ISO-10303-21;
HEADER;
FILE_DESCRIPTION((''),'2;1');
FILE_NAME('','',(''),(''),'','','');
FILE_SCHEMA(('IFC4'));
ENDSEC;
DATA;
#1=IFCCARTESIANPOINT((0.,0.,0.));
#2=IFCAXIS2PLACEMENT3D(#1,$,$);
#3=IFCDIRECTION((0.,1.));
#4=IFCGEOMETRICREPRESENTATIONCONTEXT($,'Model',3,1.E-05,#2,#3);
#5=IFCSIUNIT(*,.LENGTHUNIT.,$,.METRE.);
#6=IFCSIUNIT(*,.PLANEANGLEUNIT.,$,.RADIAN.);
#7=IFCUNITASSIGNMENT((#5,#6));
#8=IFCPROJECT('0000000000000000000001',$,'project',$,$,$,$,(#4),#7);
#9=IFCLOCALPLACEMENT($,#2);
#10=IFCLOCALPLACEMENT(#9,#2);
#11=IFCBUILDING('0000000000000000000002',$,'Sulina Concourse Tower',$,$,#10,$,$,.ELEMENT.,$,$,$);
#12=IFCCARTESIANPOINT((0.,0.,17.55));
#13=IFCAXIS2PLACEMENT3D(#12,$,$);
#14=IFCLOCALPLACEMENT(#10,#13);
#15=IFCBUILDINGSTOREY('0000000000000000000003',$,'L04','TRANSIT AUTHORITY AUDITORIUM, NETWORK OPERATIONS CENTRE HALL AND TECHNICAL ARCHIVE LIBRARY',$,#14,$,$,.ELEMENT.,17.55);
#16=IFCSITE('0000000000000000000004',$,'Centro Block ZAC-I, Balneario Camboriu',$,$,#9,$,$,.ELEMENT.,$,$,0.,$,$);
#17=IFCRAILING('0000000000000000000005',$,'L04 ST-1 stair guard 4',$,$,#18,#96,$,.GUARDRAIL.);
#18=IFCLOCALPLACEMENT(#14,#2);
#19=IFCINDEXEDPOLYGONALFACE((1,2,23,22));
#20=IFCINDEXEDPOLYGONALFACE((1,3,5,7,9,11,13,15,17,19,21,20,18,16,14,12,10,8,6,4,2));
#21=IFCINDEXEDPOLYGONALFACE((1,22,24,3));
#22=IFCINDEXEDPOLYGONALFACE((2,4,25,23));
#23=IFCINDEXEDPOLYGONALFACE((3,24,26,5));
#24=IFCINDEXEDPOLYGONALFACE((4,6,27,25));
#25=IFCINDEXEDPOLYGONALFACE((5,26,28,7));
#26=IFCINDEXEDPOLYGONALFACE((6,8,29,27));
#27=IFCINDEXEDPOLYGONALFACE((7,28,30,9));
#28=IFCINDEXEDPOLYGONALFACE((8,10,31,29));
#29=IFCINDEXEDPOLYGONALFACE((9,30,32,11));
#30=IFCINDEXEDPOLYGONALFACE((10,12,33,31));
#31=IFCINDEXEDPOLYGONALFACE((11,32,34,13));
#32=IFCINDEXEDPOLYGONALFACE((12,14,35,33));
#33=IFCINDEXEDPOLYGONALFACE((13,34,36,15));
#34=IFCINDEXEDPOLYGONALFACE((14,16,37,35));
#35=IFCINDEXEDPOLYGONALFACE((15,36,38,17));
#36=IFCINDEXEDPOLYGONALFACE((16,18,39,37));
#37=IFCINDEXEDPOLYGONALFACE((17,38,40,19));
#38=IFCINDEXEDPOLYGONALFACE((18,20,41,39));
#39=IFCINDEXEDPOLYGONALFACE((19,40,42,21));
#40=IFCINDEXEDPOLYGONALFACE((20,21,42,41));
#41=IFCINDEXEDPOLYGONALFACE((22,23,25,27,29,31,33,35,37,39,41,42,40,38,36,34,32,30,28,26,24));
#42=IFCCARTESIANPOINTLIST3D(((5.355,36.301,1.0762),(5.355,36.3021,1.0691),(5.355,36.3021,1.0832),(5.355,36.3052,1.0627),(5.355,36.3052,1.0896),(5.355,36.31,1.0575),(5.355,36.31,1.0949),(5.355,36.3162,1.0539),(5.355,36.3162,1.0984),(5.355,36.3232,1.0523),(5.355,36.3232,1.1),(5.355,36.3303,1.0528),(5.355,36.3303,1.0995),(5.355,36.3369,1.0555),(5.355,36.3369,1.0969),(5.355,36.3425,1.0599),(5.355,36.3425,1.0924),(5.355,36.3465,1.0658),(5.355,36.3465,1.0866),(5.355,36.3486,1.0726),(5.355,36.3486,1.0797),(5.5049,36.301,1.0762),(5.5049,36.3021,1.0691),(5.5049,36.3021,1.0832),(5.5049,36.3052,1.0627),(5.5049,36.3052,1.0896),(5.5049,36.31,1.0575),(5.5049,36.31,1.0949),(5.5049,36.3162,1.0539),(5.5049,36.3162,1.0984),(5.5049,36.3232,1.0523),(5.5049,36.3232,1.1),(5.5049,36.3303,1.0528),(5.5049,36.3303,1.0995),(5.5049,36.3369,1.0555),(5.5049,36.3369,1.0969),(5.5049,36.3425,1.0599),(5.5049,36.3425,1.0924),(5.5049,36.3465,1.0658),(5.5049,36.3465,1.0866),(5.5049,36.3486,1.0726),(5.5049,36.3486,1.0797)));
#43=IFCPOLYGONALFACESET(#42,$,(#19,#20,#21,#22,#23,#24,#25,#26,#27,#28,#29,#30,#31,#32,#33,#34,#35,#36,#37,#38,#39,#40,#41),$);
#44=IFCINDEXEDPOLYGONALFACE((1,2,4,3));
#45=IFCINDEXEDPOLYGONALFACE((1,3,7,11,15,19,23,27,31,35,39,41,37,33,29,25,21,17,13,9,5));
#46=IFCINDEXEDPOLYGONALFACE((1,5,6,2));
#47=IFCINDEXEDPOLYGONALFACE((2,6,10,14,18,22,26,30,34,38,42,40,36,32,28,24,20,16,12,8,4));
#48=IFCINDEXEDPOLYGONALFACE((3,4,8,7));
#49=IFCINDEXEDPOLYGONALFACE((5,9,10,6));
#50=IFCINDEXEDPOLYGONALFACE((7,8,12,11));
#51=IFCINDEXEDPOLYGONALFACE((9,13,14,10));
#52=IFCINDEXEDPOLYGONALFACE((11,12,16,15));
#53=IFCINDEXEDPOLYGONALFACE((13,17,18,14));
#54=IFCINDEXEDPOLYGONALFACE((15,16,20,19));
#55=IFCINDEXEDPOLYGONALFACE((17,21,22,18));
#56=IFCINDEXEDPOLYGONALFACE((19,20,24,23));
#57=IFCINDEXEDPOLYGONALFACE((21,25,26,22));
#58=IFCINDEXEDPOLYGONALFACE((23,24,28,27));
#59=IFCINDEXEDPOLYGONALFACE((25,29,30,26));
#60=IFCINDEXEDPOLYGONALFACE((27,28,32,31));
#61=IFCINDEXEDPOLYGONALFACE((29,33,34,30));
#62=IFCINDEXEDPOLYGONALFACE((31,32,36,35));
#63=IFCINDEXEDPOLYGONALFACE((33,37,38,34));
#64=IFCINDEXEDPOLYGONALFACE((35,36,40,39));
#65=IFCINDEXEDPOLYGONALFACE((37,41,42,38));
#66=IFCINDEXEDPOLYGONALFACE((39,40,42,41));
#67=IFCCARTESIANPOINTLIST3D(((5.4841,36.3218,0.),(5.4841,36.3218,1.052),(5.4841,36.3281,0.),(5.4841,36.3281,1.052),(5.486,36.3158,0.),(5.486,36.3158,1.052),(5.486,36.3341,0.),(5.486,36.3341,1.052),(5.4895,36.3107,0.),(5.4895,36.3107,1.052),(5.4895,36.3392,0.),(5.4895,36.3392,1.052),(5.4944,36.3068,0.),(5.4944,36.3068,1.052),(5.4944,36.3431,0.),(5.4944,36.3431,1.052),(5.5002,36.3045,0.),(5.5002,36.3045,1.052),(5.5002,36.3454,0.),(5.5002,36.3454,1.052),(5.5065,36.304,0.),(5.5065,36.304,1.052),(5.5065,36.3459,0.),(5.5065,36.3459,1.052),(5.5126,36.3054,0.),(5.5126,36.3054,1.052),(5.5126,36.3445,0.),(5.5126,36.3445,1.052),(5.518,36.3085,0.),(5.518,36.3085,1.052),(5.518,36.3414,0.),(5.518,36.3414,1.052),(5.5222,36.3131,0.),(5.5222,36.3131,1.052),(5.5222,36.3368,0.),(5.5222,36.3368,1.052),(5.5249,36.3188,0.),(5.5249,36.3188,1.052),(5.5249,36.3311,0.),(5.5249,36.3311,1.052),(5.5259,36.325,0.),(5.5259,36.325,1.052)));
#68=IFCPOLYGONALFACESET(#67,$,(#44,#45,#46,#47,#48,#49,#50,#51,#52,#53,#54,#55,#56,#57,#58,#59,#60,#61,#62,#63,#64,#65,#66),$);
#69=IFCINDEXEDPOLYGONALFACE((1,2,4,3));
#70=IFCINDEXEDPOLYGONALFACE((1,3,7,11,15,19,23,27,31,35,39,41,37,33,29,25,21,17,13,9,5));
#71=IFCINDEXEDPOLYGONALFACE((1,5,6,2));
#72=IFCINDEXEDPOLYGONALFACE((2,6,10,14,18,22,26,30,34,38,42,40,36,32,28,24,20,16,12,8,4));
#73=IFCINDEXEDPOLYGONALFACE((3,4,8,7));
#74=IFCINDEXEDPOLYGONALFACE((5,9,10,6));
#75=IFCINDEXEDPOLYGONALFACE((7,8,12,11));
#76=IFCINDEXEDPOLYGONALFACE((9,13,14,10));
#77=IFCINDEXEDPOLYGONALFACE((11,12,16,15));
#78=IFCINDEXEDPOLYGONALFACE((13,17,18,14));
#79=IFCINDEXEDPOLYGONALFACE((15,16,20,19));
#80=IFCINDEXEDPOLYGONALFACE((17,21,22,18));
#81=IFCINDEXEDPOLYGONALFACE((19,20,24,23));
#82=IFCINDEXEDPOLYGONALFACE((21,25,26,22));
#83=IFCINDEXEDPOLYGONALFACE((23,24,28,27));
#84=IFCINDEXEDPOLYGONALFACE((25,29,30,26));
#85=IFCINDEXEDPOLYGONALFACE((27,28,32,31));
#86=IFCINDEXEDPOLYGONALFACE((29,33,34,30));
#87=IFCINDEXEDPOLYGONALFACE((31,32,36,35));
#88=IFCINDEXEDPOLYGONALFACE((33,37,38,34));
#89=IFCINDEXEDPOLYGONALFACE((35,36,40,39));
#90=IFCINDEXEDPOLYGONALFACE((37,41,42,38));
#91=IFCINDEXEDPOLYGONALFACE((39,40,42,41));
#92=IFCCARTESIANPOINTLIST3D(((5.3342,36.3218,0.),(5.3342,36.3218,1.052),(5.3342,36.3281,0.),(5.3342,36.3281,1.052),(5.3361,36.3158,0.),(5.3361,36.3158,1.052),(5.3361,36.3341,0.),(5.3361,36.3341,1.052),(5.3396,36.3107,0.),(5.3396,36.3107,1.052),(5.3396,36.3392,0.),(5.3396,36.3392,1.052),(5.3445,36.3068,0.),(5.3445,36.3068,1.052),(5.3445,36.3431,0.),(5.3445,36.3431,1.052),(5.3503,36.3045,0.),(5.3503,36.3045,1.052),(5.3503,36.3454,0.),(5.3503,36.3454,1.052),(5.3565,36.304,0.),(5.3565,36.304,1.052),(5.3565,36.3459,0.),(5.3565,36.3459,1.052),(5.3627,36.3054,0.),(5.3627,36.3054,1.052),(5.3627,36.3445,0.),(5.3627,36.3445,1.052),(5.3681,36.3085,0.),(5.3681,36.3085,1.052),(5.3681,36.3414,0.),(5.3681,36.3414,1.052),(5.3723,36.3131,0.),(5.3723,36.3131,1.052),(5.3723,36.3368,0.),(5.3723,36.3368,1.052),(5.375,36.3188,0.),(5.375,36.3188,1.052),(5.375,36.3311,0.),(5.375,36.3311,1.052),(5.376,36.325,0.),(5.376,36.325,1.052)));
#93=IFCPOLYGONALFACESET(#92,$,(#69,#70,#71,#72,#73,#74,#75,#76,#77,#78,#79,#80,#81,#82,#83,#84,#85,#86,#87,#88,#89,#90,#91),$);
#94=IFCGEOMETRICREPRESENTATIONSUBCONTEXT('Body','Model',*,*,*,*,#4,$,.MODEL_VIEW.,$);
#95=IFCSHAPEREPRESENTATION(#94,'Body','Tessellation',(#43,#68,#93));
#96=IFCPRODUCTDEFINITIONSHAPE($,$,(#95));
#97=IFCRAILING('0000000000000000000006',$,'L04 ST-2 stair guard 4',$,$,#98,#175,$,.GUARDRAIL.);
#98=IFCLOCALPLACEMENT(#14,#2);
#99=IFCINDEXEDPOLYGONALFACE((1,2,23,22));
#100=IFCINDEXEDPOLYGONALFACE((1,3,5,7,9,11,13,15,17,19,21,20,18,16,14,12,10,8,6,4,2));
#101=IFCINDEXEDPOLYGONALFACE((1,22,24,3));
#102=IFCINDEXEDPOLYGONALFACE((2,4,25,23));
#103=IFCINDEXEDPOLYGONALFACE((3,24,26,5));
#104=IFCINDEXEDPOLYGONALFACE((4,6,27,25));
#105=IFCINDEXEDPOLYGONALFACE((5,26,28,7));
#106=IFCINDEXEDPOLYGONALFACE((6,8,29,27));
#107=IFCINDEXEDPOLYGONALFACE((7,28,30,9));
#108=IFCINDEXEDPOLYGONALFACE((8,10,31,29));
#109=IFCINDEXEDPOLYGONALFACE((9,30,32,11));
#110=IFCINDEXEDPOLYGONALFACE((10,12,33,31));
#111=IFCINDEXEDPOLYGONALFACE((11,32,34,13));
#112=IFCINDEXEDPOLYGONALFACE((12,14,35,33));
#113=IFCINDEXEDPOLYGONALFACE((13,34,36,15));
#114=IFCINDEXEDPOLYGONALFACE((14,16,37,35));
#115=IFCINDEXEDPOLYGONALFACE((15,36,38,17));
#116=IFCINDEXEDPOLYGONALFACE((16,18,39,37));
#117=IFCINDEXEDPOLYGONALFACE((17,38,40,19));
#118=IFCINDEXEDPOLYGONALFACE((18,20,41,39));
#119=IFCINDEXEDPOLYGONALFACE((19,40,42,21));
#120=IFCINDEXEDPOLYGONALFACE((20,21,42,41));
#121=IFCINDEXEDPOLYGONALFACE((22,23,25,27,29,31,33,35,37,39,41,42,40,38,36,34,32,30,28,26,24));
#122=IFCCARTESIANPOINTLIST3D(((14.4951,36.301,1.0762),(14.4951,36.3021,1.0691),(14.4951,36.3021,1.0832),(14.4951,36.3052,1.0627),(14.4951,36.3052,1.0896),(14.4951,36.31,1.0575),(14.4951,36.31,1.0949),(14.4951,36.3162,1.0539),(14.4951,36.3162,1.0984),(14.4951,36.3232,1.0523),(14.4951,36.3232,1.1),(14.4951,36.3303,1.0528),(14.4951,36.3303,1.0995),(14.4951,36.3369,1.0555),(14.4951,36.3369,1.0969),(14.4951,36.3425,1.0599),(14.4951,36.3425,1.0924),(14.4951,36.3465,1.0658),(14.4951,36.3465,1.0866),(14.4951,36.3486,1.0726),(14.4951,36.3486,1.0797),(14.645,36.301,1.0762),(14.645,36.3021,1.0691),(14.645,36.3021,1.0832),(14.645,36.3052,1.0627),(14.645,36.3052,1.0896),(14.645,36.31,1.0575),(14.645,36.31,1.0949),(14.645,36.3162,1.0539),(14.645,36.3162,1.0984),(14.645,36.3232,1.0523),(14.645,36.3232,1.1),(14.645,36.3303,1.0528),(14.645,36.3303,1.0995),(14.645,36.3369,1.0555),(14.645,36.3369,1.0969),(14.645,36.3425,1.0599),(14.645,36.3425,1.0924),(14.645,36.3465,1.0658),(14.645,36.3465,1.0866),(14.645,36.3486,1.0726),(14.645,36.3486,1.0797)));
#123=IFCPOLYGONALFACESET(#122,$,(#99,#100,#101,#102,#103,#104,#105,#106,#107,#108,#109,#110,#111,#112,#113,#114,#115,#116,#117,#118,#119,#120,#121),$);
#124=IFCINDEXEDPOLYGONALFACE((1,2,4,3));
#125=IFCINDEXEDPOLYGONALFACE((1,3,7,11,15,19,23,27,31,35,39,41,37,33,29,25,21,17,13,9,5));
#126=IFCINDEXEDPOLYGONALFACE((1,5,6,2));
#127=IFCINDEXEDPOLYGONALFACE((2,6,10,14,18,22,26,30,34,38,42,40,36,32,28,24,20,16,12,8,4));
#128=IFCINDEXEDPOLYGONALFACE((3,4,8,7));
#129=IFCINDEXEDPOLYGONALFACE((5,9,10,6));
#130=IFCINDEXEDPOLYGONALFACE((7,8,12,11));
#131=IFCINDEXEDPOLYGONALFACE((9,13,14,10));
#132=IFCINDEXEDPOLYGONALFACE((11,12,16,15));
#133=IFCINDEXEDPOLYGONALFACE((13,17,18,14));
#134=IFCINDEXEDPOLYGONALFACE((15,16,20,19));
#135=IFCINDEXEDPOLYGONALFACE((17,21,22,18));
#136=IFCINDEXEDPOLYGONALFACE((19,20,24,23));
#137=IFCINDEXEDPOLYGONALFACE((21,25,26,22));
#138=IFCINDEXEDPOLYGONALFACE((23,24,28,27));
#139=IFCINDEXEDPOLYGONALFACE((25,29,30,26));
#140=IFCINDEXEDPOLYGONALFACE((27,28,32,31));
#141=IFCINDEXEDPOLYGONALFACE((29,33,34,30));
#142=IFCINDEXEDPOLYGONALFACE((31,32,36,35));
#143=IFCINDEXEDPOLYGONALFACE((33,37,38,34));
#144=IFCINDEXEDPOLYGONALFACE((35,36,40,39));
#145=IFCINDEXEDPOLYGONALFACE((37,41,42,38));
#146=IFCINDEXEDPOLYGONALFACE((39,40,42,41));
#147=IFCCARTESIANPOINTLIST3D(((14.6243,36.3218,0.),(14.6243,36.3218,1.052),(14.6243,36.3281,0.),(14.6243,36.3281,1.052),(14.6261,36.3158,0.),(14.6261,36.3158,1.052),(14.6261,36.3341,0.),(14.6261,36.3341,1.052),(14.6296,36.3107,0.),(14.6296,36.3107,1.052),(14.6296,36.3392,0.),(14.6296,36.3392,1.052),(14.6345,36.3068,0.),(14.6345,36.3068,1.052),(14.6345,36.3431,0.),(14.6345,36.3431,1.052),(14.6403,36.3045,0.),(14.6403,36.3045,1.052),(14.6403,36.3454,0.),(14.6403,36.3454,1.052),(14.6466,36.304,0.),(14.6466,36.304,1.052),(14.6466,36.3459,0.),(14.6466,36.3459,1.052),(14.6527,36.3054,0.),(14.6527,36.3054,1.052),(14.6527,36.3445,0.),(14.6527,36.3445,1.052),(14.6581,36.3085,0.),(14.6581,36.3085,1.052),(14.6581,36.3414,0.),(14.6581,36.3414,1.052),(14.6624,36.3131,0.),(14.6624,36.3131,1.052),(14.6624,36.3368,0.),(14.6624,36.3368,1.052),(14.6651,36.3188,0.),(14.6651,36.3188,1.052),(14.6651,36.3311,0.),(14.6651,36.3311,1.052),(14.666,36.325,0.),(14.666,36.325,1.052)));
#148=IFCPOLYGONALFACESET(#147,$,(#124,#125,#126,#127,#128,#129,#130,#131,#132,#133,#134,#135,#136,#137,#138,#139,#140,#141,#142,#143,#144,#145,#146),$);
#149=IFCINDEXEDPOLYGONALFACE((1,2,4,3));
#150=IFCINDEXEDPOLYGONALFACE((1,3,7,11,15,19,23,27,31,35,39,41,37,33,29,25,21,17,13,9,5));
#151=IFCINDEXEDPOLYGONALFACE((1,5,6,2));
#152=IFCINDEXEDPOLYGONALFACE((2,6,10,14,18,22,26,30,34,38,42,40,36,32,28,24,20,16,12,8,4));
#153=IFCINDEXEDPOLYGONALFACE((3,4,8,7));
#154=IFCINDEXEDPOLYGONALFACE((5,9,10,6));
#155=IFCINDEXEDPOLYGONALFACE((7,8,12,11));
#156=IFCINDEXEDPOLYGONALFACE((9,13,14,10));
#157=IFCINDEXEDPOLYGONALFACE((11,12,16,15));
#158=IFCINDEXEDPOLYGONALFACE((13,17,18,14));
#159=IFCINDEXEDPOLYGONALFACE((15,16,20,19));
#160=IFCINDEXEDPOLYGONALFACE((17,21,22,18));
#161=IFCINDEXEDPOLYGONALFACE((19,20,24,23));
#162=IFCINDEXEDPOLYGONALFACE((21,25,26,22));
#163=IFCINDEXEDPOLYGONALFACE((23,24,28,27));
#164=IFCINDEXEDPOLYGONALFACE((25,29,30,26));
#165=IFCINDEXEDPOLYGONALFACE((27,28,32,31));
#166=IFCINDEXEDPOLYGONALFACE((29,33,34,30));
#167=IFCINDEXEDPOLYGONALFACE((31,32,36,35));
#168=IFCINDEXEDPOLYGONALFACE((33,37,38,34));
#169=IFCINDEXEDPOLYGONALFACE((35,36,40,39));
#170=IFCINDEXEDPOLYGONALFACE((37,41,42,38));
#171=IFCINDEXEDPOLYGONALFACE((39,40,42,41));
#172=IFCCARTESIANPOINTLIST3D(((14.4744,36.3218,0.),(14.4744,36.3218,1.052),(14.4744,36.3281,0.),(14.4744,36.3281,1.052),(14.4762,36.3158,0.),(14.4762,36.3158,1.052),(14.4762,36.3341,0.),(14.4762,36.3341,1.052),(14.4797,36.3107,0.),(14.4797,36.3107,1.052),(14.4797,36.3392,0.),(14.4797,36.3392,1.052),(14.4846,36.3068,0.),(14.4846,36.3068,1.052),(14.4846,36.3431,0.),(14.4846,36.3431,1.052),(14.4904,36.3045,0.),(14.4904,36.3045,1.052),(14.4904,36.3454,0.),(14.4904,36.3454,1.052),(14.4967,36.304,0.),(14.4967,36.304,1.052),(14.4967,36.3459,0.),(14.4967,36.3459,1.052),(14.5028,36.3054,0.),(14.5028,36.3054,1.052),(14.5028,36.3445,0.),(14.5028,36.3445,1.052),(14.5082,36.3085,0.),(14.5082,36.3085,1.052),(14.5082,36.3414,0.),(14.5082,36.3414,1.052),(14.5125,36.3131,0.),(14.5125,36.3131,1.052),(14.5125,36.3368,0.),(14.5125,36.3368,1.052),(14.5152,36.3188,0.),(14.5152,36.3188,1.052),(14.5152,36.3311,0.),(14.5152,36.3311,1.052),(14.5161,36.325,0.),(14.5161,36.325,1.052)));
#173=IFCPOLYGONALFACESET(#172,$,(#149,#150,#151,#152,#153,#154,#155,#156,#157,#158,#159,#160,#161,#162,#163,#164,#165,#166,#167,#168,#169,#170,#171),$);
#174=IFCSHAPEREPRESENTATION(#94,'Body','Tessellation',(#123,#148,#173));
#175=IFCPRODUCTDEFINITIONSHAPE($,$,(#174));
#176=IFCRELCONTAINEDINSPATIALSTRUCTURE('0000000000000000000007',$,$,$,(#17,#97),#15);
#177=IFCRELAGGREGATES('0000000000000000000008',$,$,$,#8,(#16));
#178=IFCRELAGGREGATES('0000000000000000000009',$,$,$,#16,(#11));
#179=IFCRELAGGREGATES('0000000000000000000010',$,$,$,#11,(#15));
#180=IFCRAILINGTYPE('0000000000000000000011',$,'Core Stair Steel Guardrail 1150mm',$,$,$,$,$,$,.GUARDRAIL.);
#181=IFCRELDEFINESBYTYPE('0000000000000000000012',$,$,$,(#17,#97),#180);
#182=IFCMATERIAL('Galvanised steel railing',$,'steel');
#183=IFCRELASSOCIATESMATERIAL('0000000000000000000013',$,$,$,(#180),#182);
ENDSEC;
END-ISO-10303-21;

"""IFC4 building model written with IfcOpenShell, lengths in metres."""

from ifc_helpers import new_model, si_unit, direction, frame, origin, origin_2d, place, context, subcontext, project, spatial, circle, extrude, material, type_object, element, save


model = new_model("IFC4")

# Units and contexts
model_context = context("Model", 3, precision=1e-05, world=origin(), true_north=direction((0.0, 1.0)))
body_context = subcontext(model_context, "Body", "Model", "MODEL_VIEW")
ifc_project = project(units=[si_unit("LENGTHUNIT", "METRE"), si_unit("PLANEANGLEUNIT", "RADIAN")], contexts=[model_context])

# Site, building, storey
site_placement = place(None, origin())
site = spatial("IfcSite", under=ifc_project, at=site_placement, Name="Centro Block ZAC-I, Balneario Camboriu", CompositionType="ELEMENT", RefElevation=0.0)
building_placement = place(site_placement, origin())
building = spatial("IfcBuilding", under=site, at=building_placement, Name="Sulina Concourse Tower", CompositionType="ELEMENT")
storey_placement = place(building_placement, frame((0.0, 0.0, 17.55)))
storey = spatial("IfcBuildingStorey", under=building, at=storey_placement, Name="L04", Description="TRANSIT AUTHORITY AUDITORIUM, NETWORK OPERATIONS CENTRE HALL AND TECHNICAL ARCHIVE LIBRARY", CompositionType="ELEMENT", Elevation=17.55)

# Railings
ifc_material_1 = material(Name="Galvanised steel railing", Category="steel")
railing_type = type_object("IfcRailingType", Name="Core Stair Steel Guardrail 1150mm", PredefinedType="GUARDRAIL", material=ifc_material_1)
for number, where, name in (
    (1, (5.5049, 36.325, 0.0), "L04 ST-1 stair guard 4"),
    (2, (14.645, 36.325, 0.0), "L04 ST-2 stair guard 4"),
):
    element("IfcRailing", number, at=place(storey_placement, frame(where)), inside=storey, type_object=railing_type, Name=name, PredefinedType="GUARDRAIL", context=body_context, shape_type="SweptSolid", body=[
        extrude(circle(Radius=0.0239, at=origin_2d()), frame((0.0, 0.0, 1.0762), z_axis=(-1.0, 0.0, 0.0), x_axis=(0.0, -1.0, 0.0)), (0.0, 0.0, 1.0), 0.1499),
        extrude(circle(Radius=0.021, at=origin_2d()), origin(), (0.0, 0.0, 1.0), 1.052),
        extrude(circle(Radius=0.021, at=origin_2d()), frame((-0.1499, 0.0, 0.0)), (0.0, 0.0, 1.0), 1.052),
    ])

save(model, "model.ifc")
